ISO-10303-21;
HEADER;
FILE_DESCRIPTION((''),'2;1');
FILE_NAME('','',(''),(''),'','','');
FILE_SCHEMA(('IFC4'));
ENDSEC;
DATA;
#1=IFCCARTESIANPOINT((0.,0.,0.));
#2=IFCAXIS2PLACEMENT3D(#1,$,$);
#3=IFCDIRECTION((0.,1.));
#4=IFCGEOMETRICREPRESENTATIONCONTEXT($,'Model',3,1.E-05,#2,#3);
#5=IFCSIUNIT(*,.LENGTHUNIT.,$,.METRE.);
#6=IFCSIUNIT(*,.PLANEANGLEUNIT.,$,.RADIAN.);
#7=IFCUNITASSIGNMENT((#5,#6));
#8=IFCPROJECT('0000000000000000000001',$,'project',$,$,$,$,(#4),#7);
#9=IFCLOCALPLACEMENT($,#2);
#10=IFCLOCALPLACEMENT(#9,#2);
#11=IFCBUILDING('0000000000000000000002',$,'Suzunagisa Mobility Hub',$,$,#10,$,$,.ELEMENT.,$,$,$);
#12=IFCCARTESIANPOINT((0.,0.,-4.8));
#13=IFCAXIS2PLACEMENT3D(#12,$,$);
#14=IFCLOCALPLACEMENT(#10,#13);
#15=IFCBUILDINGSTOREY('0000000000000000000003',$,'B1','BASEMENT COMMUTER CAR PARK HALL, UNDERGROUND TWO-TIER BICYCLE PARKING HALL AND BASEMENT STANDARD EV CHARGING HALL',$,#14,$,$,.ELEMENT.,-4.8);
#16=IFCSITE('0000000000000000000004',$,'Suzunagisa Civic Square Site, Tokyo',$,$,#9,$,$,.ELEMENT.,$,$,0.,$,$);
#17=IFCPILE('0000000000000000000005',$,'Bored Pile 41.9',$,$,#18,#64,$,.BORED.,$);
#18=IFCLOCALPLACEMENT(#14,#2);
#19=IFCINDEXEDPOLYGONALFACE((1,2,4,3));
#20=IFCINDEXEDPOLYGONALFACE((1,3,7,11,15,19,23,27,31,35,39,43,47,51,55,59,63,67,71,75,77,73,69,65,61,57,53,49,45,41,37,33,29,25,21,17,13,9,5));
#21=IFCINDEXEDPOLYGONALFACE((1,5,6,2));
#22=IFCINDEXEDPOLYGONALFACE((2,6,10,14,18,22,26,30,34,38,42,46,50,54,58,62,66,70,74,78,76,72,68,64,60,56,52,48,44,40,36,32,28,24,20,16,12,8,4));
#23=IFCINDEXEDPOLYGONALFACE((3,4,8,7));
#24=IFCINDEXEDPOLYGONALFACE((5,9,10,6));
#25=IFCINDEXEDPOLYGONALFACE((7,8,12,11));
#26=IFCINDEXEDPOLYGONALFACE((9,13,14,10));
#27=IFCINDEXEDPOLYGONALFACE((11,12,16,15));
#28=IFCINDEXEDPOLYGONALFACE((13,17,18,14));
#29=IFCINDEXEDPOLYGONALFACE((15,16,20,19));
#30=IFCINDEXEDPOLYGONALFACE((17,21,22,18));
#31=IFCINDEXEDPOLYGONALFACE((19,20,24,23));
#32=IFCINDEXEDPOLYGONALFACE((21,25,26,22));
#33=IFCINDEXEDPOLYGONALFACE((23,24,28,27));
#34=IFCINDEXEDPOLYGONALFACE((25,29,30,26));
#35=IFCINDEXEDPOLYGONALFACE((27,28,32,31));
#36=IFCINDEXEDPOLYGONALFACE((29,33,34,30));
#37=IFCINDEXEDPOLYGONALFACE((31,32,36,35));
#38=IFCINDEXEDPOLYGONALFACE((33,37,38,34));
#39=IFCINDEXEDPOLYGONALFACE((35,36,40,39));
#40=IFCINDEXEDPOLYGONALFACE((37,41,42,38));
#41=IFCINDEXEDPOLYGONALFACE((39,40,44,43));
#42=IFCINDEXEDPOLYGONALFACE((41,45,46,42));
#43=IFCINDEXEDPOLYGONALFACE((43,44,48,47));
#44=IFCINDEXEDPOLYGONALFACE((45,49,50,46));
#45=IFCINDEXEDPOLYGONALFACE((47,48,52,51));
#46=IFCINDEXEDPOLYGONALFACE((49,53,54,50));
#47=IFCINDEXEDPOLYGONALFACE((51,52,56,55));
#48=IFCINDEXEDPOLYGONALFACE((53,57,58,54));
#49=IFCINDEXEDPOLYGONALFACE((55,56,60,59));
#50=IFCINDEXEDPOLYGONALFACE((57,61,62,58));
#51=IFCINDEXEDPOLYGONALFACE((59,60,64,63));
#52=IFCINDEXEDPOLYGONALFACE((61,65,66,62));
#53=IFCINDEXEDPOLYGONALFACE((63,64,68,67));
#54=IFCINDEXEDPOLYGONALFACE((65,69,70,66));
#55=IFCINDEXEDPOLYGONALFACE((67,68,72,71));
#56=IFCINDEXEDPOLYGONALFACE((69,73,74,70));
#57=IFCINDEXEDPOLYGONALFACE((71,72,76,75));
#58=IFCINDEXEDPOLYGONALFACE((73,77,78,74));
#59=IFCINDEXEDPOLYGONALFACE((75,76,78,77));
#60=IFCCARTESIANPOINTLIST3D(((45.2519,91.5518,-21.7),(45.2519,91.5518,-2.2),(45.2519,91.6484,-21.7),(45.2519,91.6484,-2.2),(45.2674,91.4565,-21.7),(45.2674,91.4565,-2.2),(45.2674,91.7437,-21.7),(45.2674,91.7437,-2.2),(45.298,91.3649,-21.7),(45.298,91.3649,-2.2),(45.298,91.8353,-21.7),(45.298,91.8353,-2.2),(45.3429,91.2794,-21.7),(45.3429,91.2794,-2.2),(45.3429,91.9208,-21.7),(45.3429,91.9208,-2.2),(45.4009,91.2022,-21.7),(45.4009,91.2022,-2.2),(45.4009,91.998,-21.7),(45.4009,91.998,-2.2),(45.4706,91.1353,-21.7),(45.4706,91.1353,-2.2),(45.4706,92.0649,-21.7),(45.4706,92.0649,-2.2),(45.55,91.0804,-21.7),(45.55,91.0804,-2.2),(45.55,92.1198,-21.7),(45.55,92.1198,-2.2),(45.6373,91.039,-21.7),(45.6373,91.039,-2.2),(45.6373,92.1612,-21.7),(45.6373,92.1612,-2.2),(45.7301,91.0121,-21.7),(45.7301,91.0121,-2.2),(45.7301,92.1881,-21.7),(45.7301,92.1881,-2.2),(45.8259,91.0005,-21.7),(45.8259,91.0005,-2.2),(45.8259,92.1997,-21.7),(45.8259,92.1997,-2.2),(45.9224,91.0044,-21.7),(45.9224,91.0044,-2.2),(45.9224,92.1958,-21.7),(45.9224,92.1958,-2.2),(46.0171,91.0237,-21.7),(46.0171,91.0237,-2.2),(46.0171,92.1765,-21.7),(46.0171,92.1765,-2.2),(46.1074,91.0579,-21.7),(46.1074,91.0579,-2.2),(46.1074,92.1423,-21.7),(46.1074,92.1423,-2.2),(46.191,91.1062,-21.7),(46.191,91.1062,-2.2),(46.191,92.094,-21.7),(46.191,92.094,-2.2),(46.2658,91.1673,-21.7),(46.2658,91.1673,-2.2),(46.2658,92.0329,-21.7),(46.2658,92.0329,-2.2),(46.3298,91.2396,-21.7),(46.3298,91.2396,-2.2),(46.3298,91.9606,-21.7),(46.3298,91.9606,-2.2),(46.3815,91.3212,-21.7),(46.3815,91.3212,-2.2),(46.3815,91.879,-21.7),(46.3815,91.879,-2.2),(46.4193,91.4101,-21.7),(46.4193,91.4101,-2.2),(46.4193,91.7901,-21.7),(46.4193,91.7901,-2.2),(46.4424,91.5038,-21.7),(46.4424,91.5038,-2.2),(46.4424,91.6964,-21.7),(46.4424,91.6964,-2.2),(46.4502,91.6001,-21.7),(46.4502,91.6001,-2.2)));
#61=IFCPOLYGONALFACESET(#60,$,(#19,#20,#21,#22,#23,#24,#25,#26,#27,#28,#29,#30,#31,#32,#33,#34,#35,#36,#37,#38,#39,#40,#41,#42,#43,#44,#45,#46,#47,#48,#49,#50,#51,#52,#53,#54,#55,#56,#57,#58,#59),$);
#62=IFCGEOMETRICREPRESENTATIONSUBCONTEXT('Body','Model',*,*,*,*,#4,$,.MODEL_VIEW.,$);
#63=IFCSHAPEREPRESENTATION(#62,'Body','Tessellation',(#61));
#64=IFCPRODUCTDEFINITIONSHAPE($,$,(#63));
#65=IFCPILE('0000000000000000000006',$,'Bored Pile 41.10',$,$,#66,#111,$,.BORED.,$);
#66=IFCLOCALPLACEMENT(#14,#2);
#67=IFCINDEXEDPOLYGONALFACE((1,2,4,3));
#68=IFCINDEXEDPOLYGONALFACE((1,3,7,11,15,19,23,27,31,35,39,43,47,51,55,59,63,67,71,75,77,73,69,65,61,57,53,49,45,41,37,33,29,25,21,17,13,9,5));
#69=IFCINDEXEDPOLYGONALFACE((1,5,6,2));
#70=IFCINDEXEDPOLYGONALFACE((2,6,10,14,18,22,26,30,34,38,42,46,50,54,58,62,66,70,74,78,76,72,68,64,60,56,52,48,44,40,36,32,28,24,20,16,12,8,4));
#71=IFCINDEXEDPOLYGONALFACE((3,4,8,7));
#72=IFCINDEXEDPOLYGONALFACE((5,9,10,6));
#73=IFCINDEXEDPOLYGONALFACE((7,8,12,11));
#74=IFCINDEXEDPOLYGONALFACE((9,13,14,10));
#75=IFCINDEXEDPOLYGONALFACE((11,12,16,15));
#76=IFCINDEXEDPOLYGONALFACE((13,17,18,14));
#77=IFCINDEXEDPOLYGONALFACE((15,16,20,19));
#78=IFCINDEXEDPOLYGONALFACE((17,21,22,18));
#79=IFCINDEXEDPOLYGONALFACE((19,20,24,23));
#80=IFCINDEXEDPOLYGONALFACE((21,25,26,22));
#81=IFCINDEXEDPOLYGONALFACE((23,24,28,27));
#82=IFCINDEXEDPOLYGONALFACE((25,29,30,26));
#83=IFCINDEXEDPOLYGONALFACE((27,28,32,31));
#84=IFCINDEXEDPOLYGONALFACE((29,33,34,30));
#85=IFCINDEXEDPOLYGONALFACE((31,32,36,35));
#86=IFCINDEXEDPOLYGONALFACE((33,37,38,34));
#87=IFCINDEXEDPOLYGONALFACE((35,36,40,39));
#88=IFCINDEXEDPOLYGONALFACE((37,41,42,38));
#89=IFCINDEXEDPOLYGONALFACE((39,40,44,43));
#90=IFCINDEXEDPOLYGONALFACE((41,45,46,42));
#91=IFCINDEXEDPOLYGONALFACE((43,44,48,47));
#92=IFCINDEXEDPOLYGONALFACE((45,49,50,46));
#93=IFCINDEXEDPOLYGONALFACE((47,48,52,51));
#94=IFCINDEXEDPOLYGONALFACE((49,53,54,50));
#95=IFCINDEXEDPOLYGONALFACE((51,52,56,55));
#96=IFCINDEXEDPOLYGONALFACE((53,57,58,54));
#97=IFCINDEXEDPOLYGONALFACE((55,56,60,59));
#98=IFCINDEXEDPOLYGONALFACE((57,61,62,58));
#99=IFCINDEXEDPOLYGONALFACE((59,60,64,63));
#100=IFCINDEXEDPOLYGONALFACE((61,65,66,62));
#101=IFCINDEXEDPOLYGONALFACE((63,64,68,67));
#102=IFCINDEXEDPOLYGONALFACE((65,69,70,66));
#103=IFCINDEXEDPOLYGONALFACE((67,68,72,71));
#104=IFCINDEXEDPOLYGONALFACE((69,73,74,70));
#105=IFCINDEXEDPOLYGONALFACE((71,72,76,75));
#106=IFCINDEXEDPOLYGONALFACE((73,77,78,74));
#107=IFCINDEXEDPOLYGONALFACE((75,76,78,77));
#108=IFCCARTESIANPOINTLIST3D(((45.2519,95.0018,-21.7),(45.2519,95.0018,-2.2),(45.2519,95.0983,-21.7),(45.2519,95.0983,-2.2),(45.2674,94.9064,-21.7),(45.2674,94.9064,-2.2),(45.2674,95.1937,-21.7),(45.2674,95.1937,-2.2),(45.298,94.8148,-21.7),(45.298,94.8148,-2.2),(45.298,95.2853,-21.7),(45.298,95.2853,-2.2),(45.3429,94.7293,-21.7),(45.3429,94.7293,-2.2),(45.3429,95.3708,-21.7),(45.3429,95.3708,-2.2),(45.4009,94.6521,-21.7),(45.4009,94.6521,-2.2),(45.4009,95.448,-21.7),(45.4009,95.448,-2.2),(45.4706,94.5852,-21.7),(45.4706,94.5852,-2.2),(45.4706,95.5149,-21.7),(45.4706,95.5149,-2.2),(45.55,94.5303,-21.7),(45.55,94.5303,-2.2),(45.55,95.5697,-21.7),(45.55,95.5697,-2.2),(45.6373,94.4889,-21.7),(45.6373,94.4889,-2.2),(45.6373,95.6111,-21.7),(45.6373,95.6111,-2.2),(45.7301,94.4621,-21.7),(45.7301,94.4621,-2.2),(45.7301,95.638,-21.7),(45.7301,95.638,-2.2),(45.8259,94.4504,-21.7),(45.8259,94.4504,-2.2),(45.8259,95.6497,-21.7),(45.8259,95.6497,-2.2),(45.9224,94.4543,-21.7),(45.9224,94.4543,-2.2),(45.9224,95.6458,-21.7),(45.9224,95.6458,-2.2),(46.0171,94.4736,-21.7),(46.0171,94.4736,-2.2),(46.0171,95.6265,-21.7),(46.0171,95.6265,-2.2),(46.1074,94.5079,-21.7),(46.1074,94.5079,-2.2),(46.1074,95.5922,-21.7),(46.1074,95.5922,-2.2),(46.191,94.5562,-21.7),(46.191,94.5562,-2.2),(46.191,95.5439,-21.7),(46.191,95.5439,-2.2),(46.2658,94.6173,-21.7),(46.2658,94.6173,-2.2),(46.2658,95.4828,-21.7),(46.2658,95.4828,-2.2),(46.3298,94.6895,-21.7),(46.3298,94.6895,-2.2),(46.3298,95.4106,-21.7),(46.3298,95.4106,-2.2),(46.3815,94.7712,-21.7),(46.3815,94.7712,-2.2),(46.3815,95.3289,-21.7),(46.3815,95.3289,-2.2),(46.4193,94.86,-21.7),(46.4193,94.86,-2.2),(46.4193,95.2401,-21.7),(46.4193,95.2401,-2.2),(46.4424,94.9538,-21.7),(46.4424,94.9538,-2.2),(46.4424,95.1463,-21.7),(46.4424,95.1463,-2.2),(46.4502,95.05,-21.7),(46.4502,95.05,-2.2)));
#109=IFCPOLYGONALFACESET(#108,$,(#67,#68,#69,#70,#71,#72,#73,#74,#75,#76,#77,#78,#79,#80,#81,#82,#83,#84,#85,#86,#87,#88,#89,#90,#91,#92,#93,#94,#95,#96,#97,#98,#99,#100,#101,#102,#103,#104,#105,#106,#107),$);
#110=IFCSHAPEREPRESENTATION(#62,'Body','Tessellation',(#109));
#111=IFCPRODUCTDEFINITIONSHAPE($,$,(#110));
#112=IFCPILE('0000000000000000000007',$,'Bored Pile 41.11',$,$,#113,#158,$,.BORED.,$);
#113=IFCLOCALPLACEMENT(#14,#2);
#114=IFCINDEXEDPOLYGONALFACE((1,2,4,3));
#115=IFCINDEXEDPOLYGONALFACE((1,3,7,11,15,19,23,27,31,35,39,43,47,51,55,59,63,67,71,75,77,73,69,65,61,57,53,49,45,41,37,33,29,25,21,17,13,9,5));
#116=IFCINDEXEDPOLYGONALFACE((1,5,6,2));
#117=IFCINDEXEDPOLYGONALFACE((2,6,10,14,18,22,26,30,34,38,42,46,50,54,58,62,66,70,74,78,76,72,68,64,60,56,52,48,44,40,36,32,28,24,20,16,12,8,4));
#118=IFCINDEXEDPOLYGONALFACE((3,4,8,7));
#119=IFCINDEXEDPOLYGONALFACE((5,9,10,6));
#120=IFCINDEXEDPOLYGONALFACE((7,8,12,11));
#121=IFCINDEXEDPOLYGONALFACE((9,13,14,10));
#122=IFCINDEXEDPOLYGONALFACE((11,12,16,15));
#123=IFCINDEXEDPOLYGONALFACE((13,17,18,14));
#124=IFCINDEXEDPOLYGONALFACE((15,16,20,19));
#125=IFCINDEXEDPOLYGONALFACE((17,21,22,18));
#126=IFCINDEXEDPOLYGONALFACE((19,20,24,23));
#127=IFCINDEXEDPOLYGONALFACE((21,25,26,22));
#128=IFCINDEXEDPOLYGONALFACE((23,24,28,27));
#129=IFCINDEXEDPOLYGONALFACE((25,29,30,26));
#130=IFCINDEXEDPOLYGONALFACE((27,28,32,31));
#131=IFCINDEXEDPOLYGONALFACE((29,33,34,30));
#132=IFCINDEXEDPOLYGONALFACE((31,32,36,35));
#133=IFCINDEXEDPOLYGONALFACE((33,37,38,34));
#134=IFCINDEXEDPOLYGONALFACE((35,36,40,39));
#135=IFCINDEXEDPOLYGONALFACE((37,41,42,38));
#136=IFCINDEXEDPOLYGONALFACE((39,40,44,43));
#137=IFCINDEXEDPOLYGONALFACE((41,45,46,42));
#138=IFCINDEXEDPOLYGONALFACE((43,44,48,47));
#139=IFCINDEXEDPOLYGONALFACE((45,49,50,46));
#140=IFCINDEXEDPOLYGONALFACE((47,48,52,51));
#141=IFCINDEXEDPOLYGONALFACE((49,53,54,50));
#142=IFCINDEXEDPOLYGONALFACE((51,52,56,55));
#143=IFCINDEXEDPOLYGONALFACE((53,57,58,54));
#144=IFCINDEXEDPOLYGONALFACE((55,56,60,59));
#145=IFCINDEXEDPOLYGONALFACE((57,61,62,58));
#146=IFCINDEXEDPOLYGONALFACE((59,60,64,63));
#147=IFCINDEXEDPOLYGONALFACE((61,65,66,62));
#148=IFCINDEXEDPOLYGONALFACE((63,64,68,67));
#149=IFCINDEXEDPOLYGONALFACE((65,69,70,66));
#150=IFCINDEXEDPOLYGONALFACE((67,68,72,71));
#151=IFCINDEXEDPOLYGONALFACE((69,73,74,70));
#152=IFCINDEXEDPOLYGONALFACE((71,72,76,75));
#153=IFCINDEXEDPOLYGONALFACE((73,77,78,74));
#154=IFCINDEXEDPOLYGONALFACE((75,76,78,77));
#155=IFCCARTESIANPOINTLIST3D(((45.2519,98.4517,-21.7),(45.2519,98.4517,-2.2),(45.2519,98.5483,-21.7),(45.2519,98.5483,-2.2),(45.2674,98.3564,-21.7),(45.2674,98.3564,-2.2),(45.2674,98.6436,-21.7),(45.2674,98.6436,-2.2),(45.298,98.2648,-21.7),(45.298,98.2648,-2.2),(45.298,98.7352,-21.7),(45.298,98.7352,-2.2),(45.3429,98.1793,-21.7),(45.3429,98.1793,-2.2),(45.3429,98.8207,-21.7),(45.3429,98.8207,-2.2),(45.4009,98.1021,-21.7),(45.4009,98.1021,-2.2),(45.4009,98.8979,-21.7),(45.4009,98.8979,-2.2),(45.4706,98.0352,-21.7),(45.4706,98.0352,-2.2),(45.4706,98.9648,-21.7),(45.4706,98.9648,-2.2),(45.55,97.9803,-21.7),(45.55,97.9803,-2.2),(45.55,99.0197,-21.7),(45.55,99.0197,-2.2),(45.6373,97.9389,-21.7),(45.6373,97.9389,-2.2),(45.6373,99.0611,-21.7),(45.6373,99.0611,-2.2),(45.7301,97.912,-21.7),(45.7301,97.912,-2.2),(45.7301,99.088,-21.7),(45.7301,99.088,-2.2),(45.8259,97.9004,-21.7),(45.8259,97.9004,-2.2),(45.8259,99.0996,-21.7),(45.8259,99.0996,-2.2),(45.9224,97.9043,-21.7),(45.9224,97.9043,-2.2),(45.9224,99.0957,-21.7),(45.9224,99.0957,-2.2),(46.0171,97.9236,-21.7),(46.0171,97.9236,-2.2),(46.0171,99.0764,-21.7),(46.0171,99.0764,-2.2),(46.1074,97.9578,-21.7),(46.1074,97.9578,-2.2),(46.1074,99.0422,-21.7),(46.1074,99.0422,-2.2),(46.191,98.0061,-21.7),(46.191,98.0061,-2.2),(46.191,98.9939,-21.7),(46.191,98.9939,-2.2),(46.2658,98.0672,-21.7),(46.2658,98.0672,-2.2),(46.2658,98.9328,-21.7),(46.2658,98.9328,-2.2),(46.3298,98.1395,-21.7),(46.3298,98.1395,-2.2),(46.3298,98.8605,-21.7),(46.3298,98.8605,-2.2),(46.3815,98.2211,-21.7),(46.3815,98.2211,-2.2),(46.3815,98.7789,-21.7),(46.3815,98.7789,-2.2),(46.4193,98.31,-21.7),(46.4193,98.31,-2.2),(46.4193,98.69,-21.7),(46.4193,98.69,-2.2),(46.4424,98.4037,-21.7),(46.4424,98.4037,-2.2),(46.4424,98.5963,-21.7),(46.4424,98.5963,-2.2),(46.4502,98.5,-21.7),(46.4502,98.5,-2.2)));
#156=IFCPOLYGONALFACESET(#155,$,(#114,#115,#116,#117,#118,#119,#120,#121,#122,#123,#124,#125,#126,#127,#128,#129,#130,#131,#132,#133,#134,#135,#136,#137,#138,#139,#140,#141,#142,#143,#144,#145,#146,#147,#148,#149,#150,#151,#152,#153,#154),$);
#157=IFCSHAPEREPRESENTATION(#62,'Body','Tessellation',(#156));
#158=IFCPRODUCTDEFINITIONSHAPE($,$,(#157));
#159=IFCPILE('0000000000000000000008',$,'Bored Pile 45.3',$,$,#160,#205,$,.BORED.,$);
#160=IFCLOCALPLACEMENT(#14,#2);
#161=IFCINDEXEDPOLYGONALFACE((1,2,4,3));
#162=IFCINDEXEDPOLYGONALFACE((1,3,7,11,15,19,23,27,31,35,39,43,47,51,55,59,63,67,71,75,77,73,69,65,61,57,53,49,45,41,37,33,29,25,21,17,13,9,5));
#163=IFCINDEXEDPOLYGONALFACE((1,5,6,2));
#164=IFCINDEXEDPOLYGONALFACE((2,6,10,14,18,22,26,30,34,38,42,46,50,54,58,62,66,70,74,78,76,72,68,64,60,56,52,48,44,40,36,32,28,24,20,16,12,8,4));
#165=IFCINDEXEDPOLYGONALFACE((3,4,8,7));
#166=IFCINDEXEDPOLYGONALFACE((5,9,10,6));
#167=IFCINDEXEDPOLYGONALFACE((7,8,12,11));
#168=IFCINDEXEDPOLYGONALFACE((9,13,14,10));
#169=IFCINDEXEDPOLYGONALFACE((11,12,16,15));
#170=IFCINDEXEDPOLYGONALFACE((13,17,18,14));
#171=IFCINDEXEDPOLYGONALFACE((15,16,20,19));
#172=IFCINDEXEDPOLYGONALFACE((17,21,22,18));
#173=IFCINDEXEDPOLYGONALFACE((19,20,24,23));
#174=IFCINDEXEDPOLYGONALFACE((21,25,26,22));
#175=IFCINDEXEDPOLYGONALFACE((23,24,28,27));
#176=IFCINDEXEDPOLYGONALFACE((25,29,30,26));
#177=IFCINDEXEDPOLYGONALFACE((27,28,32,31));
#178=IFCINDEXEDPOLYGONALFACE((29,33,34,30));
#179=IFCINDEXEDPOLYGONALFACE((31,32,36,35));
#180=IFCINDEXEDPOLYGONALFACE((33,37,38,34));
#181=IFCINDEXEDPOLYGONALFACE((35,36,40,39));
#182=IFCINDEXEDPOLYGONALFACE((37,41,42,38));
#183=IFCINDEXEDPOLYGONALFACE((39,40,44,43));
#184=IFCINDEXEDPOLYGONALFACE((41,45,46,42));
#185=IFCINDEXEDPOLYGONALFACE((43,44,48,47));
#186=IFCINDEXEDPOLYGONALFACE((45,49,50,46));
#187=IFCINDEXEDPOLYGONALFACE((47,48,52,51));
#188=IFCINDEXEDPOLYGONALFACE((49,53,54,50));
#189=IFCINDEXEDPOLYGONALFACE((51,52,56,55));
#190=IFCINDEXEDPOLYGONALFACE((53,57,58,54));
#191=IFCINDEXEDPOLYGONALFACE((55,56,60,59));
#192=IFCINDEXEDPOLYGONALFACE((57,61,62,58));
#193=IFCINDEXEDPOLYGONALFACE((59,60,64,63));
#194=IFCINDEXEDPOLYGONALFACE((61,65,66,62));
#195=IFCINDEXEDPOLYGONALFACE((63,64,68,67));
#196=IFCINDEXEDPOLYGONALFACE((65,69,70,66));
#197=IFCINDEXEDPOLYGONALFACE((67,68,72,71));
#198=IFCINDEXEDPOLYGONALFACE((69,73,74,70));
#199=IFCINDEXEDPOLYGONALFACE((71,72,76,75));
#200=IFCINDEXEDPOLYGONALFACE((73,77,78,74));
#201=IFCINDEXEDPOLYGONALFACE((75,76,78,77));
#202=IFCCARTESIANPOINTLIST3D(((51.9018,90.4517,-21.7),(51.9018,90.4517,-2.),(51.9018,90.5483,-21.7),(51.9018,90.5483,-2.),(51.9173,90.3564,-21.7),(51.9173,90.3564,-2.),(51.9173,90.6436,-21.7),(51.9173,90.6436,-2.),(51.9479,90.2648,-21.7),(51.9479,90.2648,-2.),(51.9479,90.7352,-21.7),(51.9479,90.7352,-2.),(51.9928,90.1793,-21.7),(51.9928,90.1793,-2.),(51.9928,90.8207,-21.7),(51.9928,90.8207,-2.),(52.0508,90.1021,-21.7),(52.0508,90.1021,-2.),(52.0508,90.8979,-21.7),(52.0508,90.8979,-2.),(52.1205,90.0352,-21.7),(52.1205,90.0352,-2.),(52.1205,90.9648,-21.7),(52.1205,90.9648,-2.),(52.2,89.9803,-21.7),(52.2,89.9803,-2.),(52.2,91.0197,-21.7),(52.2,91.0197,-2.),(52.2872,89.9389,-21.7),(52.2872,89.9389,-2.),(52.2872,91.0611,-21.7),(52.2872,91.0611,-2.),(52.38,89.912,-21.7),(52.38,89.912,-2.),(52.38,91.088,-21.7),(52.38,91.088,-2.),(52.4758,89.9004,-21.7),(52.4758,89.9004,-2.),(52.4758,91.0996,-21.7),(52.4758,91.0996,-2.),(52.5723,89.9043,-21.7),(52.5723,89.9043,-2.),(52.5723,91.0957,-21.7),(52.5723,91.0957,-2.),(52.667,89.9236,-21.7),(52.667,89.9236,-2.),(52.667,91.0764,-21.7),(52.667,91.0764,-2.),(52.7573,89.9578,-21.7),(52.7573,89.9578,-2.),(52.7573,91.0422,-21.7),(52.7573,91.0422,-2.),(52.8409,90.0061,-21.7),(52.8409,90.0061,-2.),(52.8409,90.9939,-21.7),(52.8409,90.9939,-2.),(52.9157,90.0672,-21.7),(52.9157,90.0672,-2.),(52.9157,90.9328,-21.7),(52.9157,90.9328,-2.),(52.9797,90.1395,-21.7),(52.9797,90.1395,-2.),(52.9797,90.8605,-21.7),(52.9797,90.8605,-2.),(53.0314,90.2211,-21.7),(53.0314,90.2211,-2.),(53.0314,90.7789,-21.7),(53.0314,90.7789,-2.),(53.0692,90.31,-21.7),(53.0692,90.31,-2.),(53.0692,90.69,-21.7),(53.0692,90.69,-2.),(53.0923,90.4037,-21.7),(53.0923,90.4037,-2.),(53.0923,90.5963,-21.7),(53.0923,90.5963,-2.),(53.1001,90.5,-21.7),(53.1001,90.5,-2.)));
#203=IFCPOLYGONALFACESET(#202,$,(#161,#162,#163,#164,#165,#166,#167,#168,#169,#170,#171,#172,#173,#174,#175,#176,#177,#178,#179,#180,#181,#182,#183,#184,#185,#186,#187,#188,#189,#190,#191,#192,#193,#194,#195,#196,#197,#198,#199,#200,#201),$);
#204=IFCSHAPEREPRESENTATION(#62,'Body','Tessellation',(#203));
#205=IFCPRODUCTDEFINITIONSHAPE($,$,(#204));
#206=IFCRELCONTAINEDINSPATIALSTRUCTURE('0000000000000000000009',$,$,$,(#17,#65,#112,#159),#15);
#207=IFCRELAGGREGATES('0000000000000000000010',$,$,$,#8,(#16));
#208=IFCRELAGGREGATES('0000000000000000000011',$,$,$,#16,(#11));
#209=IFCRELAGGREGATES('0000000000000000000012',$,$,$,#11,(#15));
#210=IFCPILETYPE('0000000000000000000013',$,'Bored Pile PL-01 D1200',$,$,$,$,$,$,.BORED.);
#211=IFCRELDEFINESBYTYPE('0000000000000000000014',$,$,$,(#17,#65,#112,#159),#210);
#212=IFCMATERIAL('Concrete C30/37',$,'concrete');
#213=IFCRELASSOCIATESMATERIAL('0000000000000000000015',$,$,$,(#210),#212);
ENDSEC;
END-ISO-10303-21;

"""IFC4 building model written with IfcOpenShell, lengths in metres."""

from ifc_helpers import new_model, si_unit, direction, frame, origin, origin_2d, place, context, subcontext, project, spatial, circle, extrude, material, material_profile, profile_set, type_object, element, save


model = new_model("IFC4")

# Units and contexts
model_context = context("Model", 3, precision=1e-05, world=origin(), true_north=direction((0.0, 1.0)))
body_context = subcontext(model_context, "Body", "Model", "MODEL_VIEW")
ifc_project = project(units=[si_unit("LENGTHUNIT", "METRE"), si_unit("PLANEANGLEUNIT", "RADIAN")], contexts=[model_context])

# Site, building, storey
site_placement = place(None, origin())
site = spatial("IfcSite", under=ifc_project, at=site_placement, Name="Suzunagisa Civic Square Site, Tokyo", CompositionType="ELEMENT", RefElevation=0.0)
building_placement = place(site_placement, origin())
building = spatial("IfcBuilding", under=site, at=building_placement, Name="Suzunagisa Mobility Hub", CompositionType="ELEMENT")
storey_placement = place(building_placement, frame((0.0, 0.0, -4.8)))
storey = spatial("IfcBuildingStorey", under=building, at=storey_placement, Name="B1", Description="BASEMENT COMMUTER CAR PARK HALL, UNDERGROUND TWO-TIER BICYCLE PARKING HALL AND BASEMENT STANDARD EV CHARGING HALL", CompositionType="ELEMENT", Elevation=-4.8)

# Piles
ifc_material_1 = material(Name="Concrete C30/37", Category="concrete")
ifc_material_profile_1 = material_profile(ifc_material_1, circle(Radius=0.6001, at=origin_2d()), Name="BORED PILE D1200")
ifc_profile_set_1 = profile_set([ifc_material_profile_1], Name="Concrete C30/37")
pile_type = type_object("IfcPileType", Name="Bored Pile PL-01 D1200", PredefinedType="BORED", material=ifc_profile_set_1)
for number, where, z_axis, x_axis, name in (
    (1, (45.8501, 91.6001, -2.2), (0.0, 0.0, -1.0), (1.0, 0.0, 0.0), "Bored Pile 41.9"),
    (2, (45.8501, 95.05, -2.2), (0.0, 0.0, -1.0), (1.0, 0.0, 0.0), "Bored Pile 41.10"),
    (3, (45.8501, 98.5, -2.2), (0.0, 0.0, -1.0), (1.0, 0.0, 0.0), "Bored Pile 41.11"),
):
    element("IfcPile", number, at=place(storey_placement, frame(where, z_axis=z_axis, x_axis=x_axis)), inside=storey, type_object=pile_type, Name=name, PredefinedType="BORED", context=body_context, shape_type="SweptSolid", body=[
        extrude(circle(Radius=0.6001, at=origin_2d()), origin(), (0.0, 0.0, 1.0), 19.5),
    ])
pile_placement = place(storey_placement, frame((52.5, 90.5, -2.0), z_axis=(0.0, 0.0, -1.0), x_axis=(1.0, 0.0, 0.0)))
element("IfcPile", 4, at=pile_placement, inside=storey, type_object=pile_type, Name="Bored Pile 45.3", PredefinedType="BORED", context=body_context, shape_type="SweptSolid", body=[
    extrude(circle(Radius=0.6001, at=origin_2d()), origin(), (0.0, 0.0, 1.0), 19.7),
])

save(model, "model.ifc")
